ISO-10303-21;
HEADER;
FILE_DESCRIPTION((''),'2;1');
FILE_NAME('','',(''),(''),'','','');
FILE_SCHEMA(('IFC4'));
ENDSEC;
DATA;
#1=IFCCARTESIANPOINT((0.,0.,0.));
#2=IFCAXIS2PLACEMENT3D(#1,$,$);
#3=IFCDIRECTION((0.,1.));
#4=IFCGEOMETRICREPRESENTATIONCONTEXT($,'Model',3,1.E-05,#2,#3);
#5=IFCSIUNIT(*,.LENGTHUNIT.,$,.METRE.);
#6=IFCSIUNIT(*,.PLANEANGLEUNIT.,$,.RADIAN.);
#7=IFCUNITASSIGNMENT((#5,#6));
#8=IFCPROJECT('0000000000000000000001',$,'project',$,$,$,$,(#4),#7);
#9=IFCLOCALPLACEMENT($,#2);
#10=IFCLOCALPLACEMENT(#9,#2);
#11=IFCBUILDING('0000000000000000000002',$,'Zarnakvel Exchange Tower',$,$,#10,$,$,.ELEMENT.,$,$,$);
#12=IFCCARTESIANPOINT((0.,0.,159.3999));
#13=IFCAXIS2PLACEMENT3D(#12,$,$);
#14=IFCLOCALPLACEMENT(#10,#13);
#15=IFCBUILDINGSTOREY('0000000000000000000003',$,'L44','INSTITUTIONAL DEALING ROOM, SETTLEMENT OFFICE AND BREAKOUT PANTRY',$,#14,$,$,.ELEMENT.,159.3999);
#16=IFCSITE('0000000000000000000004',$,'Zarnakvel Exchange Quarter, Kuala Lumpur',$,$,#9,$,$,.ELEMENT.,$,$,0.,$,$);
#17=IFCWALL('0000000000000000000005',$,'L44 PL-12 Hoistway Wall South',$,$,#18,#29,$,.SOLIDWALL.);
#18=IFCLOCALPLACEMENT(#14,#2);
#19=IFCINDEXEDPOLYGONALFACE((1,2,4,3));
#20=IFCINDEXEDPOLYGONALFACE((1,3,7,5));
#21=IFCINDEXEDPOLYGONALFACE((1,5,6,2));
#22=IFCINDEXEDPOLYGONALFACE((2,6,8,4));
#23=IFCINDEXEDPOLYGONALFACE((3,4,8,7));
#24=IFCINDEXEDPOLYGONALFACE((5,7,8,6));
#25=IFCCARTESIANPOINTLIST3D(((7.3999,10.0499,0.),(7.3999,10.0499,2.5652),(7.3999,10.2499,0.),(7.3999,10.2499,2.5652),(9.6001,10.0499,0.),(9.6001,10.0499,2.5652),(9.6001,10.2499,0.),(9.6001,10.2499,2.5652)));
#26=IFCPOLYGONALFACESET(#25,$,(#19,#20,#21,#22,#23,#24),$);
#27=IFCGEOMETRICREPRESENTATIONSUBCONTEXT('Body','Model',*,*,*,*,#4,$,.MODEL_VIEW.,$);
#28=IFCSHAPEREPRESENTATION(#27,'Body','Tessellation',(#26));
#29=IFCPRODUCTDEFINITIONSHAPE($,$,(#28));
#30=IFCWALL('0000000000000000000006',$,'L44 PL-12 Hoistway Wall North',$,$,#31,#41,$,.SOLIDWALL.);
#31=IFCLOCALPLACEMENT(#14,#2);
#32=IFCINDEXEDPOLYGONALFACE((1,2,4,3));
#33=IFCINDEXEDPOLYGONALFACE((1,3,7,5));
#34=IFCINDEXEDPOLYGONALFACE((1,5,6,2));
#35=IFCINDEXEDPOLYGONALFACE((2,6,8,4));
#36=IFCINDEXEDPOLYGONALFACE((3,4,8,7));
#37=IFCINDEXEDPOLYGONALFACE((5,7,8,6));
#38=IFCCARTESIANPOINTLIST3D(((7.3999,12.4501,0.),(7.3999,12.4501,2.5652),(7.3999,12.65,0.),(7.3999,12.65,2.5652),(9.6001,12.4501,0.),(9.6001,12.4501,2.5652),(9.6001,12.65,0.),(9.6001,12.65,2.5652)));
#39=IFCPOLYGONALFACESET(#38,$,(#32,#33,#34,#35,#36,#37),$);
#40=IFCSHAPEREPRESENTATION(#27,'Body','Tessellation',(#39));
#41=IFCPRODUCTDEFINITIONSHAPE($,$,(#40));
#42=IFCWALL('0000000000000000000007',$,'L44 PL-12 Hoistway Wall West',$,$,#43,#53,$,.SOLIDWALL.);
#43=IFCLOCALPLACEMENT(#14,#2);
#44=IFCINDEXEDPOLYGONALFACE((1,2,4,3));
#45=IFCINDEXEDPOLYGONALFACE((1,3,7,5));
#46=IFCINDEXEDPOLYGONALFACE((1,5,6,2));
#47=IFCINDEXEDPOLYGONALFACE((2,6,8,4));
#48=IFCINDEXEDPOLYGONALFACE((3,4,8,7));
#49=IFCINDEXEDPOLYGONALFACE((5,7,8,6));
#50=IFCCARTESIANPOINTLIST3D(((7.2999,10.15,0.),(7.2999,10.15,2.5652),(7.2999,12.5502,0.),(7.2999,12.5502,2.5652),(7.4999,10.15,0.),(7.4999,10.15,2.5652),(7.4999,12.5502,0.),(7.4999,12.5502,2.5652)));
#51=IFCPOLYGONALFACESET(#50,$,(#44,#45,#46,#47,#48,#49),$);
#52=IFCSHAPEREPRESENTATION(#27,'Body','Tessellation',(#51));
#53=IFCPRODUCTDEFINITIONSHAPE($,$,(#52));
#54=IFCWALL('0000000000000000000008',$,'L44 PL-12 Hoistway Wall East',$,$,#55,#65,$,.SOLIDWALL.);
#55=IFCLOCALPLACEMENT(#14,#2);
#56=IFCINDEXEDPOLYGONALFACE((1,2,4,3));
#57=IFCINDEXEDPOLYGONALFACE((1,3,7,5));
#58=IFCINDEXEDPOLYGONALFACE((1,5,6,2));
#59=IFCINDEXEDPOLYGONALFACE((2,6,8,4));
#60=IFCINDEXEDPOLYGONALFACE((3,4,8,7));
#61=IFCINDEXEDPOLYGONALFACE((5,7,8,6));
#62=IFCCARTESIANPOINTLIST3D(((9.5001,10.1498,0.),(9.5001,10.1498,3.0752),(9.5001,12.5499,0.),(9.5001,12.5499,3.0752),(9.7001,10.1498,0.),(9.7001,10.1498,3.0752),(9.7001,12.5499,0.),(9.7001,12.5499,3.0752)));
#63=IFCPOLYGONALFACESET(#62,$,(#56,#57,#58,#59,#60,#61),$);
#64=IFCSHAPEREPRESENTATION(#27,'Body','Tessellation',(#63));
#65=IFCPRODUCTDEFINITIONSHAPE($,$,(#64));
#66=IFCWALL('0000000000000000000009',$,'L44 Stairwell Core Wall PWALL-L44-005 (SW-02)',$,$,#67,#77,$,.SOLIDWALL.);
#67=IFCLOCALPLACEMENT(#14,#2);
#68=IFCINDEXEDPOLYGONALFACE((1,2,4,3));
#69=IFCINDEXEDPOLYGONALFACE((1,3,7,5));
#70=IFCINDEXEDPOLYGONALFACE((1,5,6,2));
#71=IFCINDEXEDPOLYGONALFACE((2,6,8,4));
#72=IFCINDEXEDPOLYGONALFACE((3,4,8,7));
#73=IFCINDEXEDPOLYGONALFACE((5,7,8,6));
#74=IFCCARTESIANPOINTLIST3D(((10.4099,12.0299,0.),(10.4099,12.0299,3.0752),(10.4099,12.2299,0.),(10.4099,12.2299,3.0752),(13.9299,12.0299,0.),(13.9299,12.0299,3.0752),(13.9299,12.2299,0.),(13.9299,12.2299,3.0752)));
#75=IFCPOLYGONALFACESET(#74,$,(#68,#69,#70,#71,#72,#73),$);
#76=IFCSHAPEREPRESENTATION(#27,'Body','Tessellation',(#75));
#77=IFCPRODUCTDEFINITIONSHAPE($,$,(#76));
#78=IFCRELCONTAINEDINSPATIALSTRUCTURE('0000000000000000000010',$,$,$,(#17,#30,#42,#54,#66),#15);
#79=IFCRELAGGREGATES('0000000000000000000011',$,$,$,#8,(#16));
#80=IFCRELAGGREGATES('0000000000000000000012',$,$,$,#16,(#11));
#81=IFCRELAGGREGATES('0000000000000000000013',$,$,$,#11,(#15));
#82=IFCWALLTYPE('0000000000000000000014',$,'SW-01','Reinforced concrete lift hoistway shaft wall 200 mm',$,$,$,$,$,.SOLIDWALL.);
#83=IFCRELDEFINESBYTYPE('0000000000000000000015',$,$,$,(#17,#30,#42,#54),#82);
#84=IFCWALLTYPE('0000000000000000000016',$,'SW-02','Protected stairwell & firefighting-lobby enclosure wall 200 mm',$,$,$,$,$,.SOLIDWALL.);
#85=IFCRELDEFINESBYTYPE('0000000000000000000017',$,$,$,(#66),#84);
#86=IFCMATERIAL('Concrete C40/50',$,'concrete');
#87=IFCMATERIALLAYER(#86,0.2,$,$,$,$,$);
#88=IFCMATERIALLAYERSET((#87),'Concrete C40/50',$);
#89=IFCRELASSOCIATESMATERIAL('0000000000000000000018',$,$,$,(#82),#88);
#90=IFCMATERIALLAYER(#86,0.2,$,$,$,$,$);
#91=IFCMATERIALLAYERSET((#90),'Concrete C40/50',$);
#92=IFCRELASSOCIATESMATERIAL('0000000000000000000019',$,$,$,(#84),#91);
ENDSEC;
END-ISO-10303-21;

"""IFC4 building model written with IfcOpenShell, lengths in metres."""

from ifc_helpers import new_model, si_unit, direction, frame, frame_2d, origin, place, context, subcontext, project, spatial, rectangle, extrude, material, layer, layer_set, type_object, element, save


model = new_model("IFC4")

# Units and contexts
model_context = context("Model", 3, precision=1e-05, world=origin(), true_north=direction((0.0, 1.0)))
body_context = subcontext(model_context, "Body", "Model", "MODEL_VIEW")
ifc_project = project(units=[si_unit("LENGTHUNIT", "METRE"), si_unit("PLANEANGLEUNIT", "RADIAN")], contexts=[model_context])

# Site, building, storey
site_placement = place(None, origin())
site = spatial("IfcSite", under=ifc_project, at=site_placement, Name="Zarnakvel Exchange Quarter, Kuala Lumpur", CompositionType="ELEMENT", RefElevation=0.0)
building_placement = place(site_placement, origin())
building = spatial("IfcBuilding", under=site, at=building_placement, Name="Zarnakvel Exchange Tower", CompositionType="ELEMENT")
storey_placement = place(building_placement, frame((0.0, 0.0, 159.3999)))
storey = spatial("IfcBuildingStorey", under=building, at=storey_placement, Name="L44", Description="INSTITUTIONAL DEALING ROOM, SETTLEMENT OFFICE AND BREAKOUT PANTRY", CompositionType="ELEMENT", Elevation=159.3999)

# Walls
ifc_material_1 = material(Name="Concrete C40/50", Category="concrete")
ifc_layer_1 = layer(ifc_material_1, 0.2)
ifc_layer_set_1 = layer_set([ifc_layer_1], Name="Concrete C40/50")
wall_type_1 = type_object("IfcWallType", Name="SW-01", Description="Reinforced concrete lift hoistway shaft wall 200 mm", PredefinedType="SOLIDWALL", material=ifc_layer_set_1)
for number, where, z_axis, x_axis, name in (
    (1, (9.6001, 10.1499, 0.0), (0.0, 0.0, 1.0), (-1.0, 0.0, 0.0), "L44 PL-12 Hoistway Wall South"),
    (2, (7.3999, 12.55, 0.0), (0.0, 0.0, 1.0), (1.0, 0.0, 0.0), "L44 PL-12 Hoistway Wall North"),
):
    element("IfcWall", number, at=place(storey_placement, frame(where, z_axis=z_axis, x_axis=x_axis)), inside=storey, type_object=wall_type_1, Name=name, PredefinedType="SOLIDWALL", context=body_context, shape_type="SweptSolid", body=[
        extrude(rectangle(XDim=2.2002, YDim=0.2, at=frame_2d((1.1001, 0.0))), origin(), (0.0, 0.0, 1.0), 2.5652),
    ])
wall_1_placement = place(storey_placement, frame((7.3999, 10.1499, 0.0), z_axis=(0.0, 0.0, 1.0), x_axis=(0.0, 1.0, 0.0)))
element("IfcWall", 3, at=wall_1_placement, inside=storey, type_object=wall_type_1, Name="L44 PL-12 Hoistway Wall West", PredefinedType="SOLIDWALL", context=body_context, shape_type="SweptSolid", body=[
    extrude(rectangle(XDim=2.4001, YDim=0.2, at=frame_2d((1.2002, 0.0))), origin(), (0.0, 0.0, 1.0), 2.5652),
])
wall_2_placement = place(storey_placement, frame((9.6001, 12.55, 0.0), z_axis=(0.0, 0.0, 1.0), x_axis=(0.0, -1.0, 0.0)))
element("IfcWall", 4, at=wall_2_placement, inside=storey, type_object=wall_type_1, Name="L44 PL-12 Hoistway Wall East", PredefinedType="SOLIDWALL", context=body_context, shape_type="SweptSolid", body=[
    extrude(rectangle(XDim=2.4001, YDim=0.2, at=frame_2d((1.2002, 0.0))), origin(), (0.0, 0.0, 1.0), 3.0752),
])
ifc_layer_2 = layer(ifc_material_1, 0.2)
ifc_layer_set_2 = layer_set([ifc_layer_2], Name="Concrete C40/50")
wall_type_2 = type_object("IfcWallType", Name="SW-02", Description="Protected stairwell & firefighting-lobby enclosure wall 200 mm", PredefinedType="SOLIDWALL", material=ifc_layer_set_2)
wall_3_placement = place(storey_placement, frame((10.4099, 12.1299, 0.0), z_axis=(0.0, 0.0, 1.0), x_axis=(1.0, 0.0, 0.0)))
element("IfcWall", 5, at=wall_3_placement, inside=storey, type_object=wall_type_2, Name="L44 Stairwell Core Wall PWALL-L44-005 (SW-02)", PredefinedType="SOLIDWALL", context=body_context, shape_type="SweptSolid", body=[
    extrude(rectangle(XDim=3.52, YDim=0.2, at=frame_2d((1.76, 0.0))), origin(), (0.0, 0.0, 1.0), 3.0752),
])

save(model, "model.ifc")
